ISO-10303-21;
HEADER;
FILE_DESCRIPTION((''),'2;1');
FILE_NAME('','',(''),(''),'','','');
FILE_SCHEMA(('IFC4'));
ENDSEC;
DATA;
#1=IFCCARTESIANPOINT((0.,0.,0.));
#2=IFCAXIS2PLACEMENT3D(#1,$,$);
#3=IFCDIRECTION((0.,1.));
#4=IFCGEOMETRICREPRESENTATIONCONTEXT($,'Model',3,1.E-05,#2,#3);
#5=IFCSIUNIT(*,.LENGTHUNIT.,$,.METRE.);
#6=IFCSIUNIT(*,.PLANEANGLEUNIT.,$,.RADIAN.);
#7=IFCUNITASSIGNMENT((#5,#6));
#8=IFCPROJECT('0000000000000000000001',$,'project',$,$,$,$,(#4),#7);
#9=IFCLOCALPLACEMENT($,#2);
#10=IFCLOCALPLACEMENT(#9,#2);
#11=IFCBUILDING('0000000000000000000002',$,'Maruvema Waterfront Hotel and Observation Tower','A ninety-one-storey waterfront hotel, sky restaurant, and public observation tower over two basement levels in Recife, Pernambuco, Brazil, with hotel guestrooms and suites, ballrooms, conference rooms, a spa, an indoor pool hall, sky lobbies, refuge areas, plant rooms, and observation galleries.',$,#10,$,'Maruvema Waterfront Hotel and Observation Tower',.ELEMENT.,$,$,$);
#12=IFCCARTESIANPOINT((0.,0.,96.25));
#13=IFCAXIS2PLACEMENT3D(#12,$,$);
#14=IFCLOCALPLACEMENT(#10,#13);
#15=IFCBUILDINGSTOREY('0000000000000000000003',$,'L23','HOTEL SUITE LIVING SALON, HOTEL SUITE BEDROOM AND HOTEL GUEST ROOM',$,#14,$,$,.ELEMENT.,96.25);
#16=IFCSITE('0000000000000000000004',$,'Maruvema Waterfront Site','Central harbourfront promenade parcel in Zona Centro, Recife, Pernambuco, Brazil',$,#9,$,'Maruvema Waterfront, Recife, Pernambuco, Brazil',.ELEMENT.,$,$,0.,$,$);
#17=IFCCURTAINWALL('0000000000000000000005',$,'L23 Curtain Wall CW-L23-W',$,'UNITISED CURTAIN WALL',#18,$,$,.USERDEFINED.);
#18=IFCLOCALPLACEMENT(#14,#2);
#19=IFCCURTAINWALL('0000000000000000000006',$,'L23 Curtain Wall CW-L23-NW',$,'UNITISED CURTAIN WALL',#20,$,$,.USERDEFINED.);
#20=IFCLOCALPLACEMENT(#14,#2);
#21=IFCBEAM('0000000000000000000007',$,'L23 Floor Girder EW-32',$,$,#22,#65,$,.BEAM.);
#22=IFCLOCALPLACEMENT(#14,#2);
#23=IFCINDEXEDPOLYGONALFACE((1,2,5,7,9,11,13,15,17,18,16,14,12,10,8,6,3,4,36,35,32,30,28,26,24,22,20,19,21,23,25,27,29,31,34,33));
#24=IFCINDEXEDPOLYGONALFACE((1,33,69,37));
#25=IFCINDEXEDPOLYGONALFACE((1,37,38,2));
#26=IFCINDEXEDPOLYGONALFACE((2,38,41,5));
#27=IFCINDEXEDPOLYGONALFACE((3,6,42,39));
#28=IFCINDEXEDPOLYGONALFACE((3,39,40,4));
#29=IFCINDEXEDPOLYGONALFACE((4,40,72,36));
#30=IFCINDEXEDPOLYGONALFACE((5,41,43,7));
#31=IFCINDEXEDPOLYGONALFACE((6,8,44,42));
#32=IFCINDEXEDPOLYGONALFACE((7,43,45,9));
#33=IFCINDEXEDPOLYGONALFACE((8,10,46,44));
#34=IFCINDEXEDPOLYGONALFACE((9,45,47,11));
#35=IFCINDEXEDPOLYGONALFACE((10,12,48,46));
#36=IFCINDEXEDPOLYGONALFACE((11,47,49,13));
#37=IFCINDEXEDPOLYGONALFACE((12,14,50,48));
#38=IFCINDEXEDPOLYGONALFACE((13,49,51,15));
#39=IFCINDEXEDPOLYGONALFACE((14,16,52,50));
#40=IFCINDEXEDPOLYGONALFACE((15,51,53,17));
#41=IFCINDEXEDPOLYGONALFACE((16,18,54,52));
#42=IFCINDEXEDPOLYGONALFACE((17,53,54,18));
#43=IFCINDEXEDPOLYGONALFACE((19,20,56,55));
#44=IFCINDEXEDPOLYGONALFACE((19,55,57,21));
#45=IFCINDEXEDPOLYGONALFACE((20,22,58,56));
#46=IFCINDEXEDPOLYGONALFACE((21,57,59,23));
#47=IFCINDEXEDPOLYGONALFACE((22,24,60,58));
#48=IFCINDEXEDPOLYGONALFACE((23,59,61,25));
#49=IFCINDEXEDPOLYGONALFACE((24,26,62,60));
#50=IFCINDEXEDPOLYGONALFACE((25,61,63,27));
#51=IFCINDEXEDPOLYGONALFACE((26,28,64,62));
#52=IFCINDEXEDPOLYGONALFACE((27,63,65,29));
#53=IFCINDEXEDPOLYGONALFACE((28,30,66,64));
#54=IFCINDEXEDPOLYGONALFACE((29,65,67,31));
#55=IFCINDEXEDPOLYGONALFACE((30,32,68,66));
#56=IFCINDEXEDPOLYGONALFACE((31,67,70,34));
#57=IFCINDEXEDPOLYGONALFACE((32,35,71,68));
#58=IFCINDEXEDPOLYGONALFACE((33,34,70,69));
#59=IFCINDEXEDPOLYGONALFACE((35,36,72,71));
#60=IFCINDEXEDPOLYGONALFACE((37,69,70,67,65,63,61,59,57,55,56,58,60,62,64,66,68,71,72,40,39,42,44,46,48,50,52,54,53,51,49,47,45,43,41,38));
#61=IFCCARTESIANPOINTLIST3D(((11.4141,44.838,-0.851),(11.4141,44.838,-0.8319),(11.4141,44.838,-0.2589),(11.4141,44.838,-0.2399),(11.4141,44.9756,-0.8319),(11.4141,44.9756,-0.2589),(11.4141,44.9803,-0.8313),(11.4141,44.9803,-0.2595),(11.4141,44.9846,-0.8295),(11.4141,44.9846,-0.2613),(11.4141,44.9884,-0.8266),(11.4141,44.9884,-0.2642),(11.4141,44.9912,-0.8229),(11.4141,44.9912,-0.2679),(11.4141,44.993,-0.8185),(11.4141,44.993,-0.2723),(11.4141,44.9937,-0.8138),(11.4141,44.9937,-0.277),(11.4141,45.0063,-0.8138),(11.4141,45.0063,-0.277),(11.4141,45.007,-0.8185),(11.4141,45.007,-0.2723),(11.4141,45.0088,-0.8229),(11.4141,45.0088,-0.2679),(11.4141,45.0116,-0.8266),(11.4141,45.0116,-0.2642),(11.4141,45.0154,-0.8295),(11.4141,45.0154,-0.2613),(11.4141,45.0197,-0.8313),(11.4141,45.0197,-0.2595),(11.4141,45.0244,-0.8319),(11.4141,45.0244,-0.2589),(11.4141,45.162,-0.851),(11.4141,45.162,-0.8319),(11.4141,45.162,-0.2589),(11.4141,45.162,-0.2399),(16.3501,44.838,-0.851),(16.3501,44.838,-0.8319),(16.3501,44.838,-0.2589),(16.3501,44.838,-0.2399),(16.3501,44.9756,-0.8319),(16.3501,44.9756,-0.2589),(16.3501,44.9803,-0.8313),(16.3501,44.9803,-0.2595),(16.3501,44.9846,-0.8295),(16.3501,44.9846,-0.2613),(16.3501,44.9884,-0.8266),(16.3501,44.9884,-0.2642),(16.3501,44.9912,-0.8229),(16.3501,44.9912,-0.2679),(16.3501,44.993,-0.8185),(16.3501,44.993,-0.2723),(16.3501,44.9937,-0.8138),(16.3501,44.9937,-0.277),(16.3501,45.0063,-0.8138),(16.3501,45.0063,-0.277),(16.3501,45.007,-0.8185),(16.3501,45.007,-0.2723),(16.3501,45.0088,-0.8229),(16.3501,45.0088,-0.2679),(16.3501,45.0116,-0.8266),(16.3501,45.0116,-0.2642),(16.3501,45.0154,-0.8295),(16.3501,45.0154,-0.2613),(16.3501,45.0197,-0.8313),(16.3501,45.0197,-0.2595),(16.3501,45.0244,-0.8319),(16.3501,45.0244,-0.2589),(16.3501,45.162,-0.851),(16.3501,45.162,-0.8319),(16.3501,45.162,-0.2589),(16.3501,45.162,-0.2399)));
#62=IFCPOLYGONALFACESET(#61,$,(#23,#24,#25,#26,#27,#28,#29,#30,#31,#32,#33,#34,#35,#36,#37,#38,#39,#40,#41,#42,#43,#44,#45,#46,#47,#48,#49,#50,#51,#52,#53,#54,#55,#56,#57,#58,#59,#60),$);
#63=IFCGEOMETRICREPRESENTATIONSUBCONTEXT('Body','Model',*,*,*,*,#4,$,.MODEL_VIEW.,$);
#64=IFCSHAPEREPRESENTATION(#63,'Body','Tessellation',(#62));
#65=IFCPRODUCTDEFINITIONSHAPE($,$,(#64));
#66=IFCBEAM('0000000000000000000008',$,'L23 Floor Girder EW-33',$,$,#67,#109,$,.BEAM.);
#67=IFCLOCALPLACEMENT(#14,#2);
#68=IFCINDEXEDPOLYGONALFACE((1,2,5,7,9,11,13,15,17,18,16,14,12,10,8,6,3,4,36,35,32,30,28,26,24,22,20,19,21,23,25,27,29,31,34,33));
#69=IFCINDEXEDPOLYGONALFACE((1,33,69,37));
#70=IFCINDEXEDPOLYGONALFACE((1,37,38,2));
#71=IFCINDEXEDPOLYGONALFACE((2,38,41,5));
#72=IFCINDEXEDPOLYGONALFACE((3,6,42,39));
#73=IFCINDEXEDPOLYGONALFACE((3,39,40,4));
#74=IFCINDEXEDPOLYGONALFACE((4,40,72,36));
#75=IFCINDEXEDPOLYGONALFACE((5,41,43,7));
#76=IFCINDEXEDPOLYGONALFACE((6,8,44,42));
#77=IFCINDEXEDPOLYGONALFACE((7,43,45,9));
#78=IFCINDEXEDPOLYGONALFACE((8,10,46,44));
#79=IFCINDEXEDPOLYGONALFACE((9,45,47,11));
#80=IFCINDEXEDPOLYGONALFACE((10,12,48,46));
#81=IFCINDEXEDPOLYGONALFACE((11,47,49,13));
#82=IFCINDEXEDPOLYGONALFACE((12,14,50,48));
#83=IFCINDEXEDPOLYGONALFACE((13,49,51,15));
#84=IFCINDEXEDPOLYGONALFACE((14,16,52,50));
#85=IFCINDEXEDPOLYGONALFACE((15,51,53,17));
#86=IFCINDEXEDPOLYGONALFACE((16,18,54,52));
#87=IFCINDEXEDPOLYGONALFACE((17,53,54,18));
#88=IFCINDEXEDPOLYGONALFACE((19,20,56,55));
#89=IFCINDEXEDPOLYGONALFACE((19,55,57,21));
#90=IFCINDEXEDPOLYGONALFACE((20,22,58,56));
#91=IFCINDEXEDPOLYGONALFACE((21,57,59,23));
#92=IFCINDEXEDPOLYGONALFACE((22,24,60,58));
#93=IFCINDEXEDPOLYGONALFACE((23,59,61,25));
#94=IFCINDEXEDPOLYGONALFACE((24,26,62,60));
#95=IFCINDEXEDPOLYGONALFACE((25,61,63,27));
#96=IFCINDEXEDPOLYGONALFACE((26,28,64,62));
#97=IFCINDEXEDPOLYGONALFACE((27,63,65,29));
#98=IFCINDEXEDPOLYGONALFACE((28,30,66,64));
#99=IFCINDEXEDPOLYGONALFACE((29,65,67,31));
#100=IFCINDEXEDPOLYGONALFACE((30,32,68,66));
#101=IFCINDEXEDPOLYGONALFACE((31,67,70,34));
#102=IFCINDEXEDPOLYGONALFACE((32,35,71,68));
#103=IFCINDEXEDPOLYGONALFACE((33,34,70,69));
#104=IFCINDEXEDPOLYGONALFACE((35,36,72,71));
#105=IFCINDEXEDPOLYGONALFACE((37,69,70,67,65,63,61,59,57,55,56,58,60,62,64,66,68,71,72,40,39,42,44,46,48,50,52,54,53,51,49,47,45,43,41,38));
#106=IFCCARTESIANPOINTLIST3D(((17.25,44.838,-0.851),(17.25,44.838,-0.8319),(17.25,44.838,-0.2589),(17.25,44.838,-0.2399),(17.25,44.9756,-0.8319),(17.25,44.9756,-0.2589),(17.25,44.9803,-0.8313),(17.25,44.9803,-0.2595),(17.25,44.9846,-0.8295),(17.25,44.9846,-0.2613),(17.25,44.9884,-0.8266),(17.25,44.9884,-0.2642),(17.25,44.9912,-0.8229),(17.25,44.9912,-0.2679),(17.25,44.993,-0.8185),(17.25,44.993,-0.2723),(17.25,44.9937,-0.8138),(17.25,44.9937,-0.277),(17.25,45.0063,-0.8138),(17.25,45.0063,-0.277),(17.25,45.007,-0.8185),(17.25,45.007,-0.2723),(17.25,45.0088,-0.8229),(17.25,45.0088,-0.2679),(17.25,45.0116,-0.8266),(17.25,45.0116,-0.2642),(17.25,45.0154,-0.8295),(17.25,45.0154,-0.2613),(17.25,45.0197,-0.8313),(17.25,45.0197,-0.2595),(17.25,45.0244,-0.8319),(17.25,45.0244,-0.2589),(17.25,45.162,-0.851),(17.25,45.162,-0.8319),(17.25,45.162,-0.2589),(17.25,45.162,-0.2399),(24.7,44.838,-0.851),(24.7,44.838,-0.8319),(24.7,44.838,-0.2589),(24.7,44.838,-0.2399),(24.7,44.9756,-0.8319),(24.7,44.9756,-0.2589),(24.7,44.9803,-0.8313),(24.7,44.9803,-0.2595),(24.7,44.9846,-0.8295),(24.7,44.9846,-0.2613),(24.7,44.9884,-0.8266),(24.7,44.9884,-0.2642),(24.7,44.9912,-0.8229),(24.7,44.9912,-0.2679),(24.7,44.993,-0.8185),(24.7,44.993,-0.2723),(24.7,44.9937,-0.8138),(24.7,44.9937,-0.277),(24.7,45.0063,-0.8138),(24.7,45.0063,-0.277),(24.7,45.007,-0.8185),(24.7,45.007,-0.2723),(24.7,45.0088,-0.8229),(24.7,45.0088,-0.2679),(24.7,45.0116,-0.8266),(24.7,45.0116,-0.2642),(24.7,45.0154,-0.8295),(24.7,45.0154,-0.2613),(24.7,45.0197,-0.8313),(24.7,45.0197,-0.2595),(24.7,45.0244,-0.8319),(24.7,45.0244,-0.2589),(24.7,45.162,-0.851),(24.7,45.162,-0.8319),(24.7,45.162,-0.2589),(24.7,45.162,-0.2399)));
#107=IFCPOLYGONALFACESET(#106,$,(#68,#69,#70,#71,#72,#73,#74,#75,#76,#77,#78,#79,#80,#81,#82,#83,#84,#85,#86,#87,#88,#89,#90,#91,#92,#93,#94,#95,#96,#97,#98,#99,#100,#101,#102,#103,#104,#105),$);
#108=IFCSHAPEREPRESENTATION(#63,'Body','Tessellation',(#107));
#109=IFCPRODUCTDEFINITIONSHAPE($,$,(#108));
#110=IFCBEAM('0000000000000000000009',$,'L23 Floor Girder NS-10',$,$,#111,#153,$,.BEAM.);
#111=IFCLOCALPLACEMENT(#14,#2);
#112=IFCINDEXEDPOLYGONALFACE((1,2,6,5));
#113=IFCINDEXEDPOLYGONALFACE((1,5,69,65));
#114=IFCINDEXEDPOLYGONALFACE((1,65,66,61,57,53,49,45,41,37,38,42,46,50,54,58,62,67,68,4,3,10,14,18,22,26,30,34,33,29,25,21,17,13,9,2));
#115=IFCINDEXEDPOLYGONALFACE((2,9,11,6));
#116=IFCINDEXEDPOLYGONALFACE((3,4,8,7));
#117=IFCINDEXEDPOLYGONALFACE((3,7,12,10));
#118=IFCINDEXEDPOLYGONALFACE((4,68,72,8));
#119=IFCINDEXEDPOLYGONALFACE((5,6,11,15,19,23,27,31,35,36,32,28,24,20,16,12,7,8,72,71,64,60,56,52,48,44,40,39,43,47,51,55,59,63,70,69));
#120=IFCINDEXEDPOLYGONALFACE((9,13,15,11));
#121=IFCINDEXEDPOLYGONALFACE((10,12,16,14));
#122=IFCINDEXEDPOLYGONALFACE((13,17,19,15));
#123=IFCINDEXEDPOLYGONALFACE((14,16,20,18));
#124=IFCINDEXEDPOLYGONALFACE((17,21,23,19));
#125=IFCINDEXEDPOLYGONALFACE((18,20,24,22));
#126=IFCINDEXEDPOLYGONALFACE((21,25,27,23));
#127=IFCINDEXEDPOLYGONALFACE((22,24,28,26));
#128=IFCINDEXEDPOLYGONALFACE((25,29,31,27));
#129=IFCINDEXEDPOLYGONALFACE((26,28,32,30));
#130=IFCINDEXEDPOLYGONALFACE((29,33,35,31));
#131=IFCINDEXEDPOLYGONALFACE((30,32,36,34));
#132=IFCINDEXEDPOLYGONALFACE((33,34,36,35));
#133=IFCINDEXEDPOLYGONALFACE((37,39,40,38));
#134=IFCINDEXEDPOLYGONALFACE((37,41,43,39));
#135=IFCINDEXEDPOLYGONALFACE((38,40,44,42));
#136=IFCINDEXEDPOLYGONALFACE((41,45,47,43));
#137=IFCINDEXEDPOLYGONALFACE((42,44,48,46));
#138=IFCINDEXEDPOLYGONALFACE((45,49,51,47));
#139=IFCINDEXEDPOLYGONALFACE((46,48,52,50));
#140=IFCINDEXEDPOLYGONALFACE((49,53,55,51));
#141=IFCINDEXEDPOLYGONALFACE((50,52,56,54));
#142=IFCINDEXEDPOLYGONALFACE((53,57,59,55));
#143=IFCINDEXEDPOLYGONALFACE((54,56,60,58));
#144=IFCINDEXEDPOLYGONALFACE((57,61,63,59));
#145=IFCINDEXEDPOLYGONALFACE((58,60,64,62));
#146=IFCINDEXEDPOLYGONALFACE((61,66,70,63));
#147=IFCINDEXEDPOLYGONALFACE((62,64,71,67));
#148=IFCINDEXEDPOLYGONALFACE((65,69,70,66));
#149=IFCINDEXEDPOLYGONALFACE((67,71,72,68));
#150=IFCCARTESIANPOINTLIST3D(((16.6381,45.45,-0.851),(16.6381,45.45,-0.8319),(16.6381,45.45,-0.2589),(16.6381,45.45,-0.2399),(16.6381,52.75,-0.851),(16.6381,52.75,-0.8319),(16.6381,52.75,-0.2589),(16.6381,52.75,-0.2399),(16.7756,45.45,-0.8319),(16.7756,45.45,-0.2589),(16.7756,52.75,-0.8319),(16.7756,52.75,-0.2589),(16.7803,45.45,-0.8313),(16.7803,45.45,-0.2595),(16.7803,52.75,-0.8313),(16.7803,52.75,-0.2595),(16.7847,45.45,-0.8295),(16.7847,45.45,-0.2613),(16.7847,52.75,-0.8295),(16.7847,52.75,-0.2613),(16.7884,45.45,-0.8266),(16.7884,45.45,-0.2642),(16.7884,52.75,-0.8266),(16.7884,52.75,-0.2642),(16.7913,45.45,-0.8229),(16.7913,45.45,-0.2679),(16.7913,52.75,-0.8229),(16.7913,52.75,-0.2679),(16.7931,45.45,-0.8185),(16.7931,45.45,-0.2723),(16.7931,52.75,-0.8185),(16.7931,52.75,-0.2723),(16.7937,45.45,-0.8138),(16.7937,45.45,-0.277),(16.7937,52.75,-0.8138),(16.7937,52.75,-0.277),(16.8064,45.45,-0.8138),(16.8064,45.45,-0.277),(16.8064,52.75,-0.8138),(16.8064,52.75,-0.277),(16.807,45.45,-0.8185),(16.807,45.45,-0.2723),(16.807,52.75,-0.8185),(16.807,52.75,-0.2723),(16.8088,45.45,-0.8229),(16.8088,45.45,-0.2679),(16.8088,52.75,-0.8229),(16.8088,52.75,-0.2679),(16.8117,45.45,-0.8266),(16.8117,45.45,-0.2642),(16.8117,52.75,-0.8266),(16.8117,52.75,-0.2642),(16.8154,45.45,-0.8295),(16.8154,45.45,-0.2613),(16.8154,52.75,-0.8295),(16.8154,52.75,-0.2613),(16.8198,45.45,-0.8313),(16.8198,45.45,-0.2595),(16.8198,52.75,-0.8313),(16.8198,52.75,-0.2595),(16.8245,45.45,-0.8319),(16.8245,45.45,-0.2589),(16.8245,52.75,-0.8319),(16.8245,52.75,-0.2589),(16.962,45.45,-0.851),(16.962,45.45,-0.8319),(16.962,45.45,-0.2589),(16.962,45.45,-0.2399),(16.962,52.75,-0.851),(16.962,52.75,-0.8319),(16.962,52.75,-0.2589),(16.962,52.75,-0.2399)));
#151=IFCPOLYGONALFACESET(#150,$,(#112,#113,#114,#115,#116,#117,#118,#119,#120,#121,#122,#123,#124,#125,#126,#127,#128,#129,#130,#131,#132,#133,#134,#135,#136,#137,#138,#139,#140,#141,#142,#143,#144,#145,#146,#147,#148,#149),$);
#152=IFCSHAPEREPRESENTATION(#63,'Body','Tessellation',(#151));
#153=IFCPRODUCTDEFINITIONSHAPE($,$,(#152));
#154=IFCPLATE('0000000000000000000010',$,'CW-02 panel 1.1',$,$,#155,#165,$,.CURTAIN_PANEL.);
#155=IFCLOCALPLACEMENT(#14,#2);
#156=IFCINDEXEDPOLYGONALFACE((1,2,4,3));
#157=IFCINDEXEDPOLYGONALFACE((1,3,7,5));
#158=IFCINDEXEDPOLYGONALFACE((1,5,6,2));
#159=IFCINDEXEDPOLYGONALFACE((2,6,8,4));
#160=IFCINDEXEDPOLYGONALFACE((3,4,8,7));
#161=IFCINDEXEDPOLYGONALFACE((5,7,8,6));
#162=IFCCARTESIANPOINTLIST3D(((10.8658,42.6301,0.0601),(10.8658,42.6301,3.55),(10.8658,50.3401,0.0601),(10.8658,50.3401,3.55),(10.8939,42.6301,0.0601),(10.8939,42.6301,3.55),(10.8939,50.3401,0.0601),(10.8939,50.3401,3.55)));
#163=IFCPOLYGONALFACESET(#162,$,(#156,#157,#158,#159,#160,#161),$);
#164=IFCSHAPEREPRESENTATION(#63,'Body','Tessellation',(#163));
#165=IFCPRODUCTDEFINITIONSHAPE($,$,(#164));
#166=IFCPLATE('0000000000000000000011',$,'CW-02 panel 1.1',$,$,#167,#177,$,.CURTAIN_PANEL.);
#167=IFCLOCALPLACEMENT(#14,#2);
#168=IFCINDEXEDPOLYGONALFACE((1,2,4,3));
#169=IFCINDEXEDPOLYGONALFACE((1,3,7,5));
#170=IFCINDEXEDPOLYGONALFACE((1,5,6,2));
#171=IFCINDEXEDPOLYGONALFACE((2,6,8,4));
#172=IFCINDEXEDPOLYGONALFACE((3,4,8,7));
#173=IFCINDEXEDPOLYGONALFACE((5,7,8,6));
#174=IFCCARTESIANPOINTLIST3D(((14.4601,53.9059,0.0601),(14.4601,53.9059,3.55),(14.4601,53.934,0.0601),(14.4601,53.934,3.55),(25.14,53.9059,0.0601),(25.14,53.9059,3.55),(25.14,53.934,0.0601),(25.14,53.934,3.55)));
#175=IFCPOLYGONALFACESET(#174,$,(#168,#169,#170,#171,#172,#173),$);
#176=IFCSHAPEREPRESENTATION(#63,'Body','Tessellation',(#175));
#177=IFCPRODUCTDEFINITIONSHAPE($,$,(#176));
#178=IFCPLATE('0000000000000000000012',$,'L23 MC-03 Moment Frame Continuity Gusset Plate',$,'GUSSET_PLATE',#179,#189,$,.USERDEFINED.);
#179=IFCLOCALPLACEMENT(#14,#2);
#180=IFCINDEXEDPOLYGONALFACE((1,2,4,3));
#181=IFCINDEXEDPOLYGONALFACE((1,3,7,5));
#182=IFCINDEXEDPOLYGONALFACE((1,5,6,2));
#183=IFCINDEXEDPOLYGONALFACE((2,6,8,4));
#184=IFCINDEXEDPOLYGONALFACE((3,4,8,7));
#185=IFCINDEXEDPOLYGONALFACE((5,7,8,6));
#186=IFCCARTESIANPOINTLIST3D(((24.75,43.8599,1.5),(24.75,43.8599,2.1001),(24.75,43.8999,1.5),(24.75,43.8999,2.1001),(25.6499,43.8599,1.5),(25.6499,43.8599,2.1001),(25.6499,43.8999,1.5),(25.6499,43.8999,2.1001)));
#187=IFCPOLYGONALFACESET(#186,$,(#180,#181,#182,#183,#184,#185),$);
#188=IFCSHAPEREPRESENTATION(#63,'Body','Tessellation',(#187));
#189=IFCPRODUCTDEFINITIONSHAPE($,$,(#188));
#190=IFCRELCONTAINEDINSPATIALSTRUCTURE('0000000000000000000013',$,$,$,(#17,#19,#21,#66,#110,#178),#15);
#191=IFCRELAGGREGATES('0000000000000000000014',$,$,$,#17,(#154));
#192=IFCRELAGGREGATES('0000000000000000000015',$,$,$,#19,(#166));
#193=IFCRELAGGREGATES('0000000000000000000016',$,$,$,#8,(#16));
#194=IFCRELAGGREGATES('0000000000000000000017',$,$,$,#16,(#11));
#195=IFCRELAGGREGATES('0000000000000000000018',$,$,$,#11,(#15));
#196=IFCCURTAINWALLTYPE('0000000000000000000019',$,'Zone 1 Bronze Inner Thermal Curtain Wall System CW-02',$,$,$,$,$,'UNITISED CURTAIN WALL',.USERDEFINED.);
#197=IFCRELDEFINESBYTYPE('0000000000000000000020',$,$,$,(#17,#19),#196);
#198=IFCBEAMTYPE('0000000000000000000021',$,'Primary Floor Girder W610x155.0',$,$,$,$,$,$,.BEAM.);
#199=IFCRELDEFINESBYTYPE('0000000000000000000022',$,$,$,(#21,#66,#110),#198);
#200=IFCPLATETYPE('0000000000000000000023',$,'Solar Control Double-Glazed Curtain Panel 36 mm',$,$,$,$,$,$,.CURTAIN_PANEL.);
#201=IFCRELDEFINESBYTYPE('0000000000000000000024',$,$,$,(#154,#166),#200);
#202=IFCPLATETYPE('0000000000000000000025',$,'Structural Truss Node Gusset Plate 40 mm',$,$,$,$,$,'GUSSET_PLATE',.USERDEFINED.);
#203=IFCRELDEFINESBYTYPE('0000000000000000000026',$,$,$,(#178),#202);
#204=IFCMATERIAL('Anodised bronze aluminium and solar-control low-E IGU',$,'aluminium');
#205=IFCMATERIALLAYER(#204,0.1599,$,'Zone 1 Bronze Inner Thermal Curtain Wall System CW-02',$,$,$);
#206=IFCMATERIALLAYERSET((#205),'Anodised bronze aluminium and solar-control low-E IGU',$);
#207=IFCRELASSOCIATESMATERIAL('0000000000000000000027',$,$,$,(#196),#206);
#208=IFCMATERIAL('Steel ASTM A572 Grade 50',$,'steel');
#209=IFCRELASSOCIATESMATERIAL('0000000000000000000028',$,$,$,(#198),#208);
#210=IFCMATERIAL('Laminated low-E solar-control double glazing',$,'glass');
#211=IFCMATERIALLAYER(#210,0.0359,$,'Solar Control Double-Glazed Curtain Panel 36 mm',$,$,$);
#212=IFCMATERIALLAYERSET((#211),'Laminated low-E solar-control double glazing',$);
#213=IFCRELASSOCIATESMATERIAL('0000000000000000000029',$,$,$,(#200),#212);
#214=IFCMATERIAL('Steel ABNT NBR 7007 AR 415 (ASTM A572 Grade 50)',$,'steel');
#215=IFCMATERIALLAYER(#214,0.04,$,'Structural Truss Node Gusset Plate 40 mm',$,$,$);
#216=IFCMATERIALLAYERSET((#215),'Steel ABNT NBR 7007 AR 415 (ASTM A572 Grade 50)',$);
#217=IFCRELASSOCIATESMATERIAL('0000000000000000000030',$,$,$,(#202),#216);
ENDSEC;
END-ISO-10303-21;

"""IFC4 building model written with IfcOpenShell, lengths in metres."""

from ifc_helpers import new_model, si_unit, direction, frame, origin, origin_2d, place, context, subcontext, project, spatial, rectangle, i_section, extrude, material, layer, layer_set, material_profile, profile_set, type_object, element, aggregate, save


model = new_model("IFC4")

# Units and contexts
model_context = context("Model", 3, precision=1e-05, world=origin(), true_north=direction((0.0, 1.0)))
body_context = subcontext(model_context, "Body", "Model", "MODEL_VIEW")
ifc_project = project(units=[si_unit("LENGTHUNIT", "METRE"), si_unit("PLANEANGLEUNIT", "RADIAN")], contexts=[model_context])

# Site, building, storey
site_placement = place(None, origin())
site = spatial("IfcSite", under=ifc_project, at=site_placement, Name="Maruvema Waterfront Site", Description="Central harbourfront promenade parcel in Zona Centro, Recife, Pernambuco, Brazil", LongName="Maruvema Waterfront, Recife, Pernambuco, Brazil", CompositionType="ELEMENT", RefElevation=0.0)
building_placement = place(site_placement, origin())
building = spatial("IfcBuilding", under=site, at=building_placement, Name="Maruvema Waterfront Hotel and Observation Tower", Description="A ninety-one-storey waterfront hotel, sky restaurant, and public observation tower over two basement levels in Recife, Pernambuco, Brazil, with hotel guestrooms and suites, ballrooms, conference rooms, a spa, an indoor pool hall, sky lobbies, refuge areas, plant rooms, and observation galleries.", LongName="Maruvema Waterfront Hotel and Observation Tower", CompositionType="ELEMENT")
storey_placement = place(building_placement, frame((0.0, 0.0, 96.25)))
storey = spatial("IfcBuildingStorey", under=building, at=storey_placement, Name="L23", Description="HOTEL SUITE LIVING SALON, HOTEL SUITE BEDROOM AND HOTEL GUEST ROOM", CompositionType="ELEMENT", Elevation=96.25)

# Curtain walls
ifc_material_1 = material(Name="Anodised bronze aluminium and solar-control low-E IGU", Category="aluminium")
ifc_layer_1 = layer(ifc_material_1, 0.1599, Name="Zone 1 Bronze Inner Thermal Curtain Wall System CW-02")
ifc_layer_set_1 = layer_set([ifc_layer_1], Name="Anodised bronze aluminium and solar-control low-E IGU")
curtain_wall_type = type_object("IfcCurtainWallType", Name="Zone 1 Bronze Inner Thermal Curtain Wall System CW-02", ElementType="UNITISED CURTAIN WALL", PredefinedType="USERDEFINED", material=ifc_layer_set_1)
curtain_wall_1_placement = place(storey_placement, origin())
curtain_wall_1 = element("IfcCurtainWall", 1, at=curtain_wall_1_placement, inside=storey, type_object=curtain_wall_type, Name="L23 Curtain Wall CW-L23-W", ObjectType="UNITISED CURTAIN WALL", PredefinedType="USERDEFINED")
curtain_wall_2_placement = place(storey_placement, origin())
curtain_wall_2 = element("IfcCurtainWall", 2, at=curtain_wall_2_placement, inside=storey, type_object=curtain_wall_type, Name="L23 Curtain Wall CW-L23-NW", ObjectType="UNITISED CURTAIN WALL", PredefinedType="USERDEFINED")

# Beams
ifc_material_2 = material(Name="Steel ASTM A572 Grade 50", Category="steel")
ifc_material_profile_1 = material_profile(ifc_material_2, i_section(OverallWidth=0.324, OverallDepth=0.6111, WebThickness=0.0127, FlangeThickness=0.019, FilletRadius=0.0181, at=origin_2d()), Name="W610x155.0")
ifc_profile_set_1 = profile_set([ifc_material_profile_1], Name="Steel ASTM A572 Grade 50")
beam_type = type_object("IfcBeamType", Name="Primary Floor Girder W610x155.0", PredefinedType="BEAM", material=ifc_profile_set_1)
beam_1_placement = place(storey_placement, frame((11.4141, 45.0, -0.5454), z_axis=(1.0, 0.0, 0.0), x_axis=(0.0, 1.0, 0.0)))
element("IfcBeam", 3, at=beam_1_placement, inside=storey, type_object=beam_type, Name="L23 Floor Girder EW-32", PredefinedType="BEAM", context=body_context, shape_type="SweptSolid", body=[
    extrude(i_section(OverallWidth=0.324, OverallDepth=0.6111, WebThickness=0.0127, FlangeThickness=0.019, FilletRadius=0.0181, at=origin_2d()), origin(), (0.0, 0.0, 1.0), 4.936),
])
beam_2_placement = place(storey_placement, frame((17.25, 45.0, -0.5454), z_axis=(1.0, 0.0, 0.0), x_axis=(0.0, 1.0, 0.0)))
element("IfcBeam", 4, at=beam_2_placement, inside=storey, type_object=beam_type, Name="L23 Floor Girder EW-33", PredefinedType="BEAM", context=body_context, shape_type="SweptSolid", body=[
    extrude(i_section(OverallWidth=0.324, OverallDepth=0.6111, WebThickness=0.0127, FlangeThickness=0.019, FilletRadius=0.0181, at=origin_2d()), origin(), (0.0, 0.0, 1.0), 7.45),
])
beam_3_placement = place(storey_placement, frame((16.8, 45.45, -0.5454), z_axis=(0.0, 1.0, 0.0), x_axis=(-1.0, 0.0, 0.0)))
element("IfcBeam", 5, at=beam_3_placement, inside=storey, type_object=beam_type, Name="L23 Floor Girder NS-10", PredefinedType="BEAM", context=body_context, shape_type="SweptSolid", body=[
    extrude(i_section(OverallWidth=0.324, OverallDepth=0.6111, WebThickness=0.0127, FlangeThickness=0.019, FilletRadius=0.0181, at=origin_2d()), origin(), (0.0, 0.0, 1.0), 7.3),
])

# Plates
ifc_material_3 = material(Name="Laminated low-E solar-control double glazing", Category="glass")
ifc_layer_2 = layer(ifc_material_3, 0.0359, Name="Solar Control Double-Glazed Curtain Panel 36 mm")
ifc_layer_set_2 = layer_set([ifc_layer_2], Name="Laminated low-E solar-control double glazing")
plate_type_1 = type_object("IfcPlateType", Name="Solar Control Double-Glazed Curtain Panel 36 mm", PredefinedType="CURTAIN_PANEL", material=ifc_layer_set_2)
plate_1_placement = place(storey_placement, frame((10.8799, 46.4851, 0.0601), z_axis=(0.0, 0.0, 1.0), x_axis=(0.0, -1.0, 0.0)))
plate_1 = element("IfcPlate", 6, at=plate_1_placement, type_object=plate_type_1, Name="CW-02 panel 1.1", PredefinedType="CURTAIN_PANEL", context=body_context, shape_type="SweptSolid", body=[
    extrude(rectangle(XDim=7.71, YDim=0.0281, at=origin_2d()), origin(), (0.0, 0.0, 1.0), 3.49),
])
aggregate(curtain_wall_1, [plate_1])
plate_2_placement = place(storey_placement, frame((19.8, 53.9199, 0.0601), z_axis=(0.0, 0.0, 1.0), x_axis=(-1.0, 0.0, 0.0)))
plate_2 = element("IfcPlate", 7, at=plate_2_placement, type_object=plate_type_1, Name="CW-02 panel 1.1", PredefinedType="CURTAIN_PANEL", context=body_context, shape_type="SweptSolid", body=[
    extrude(rectangle(XDim=10.6799, YDim=0.0281, at=origin_2d()), origin(), (0.0, 0.0, 1.0), 3.49),
])
aggregate(curtain_wall_2, [plate_2])
ifc_material_4 = material(Name="Steel ABNT NBR 7007 AR 415 (ASTM A572 Grade 50)", Category="steel")
ifc_layer_3 = layer(ifc_material_4, 0.04, Name="Structural Truss Node Gusset Plate 40 mm")
ifc_layer_set_3 = layer_set([ifc_layer_3], Name="Steel ABNT NBR 7007 AR 415 (ASTM A572 Grade 50)")
plate_type_2 = type_object("IfcPlateType", Name="Structural Truss Node Gusset Plate 40 mm", ElementType="GUSSET_PLATE", PredefinedType="USERDEFINED", material=ifc_layer_set_3)
plate_3_placement = place(storey_placement, frame((25.2, 43.8799, 1.5), z_axis=(0.0, 0.0, 1.0), x_axis=(1.0, 0.0, 0.0)))
element("IfcPlate", 8, at=plate_3_placement, inside=storey, type_object=plate_type_2, Name="L23 MC-03 Moment Frame Continuity Gusset Plate", ObjectType="GUSSET_PLATE", PredefinedType="USERDEFINED", context=body_context, shape_type="SweptSolid", body=[
    extrude(rectangle(XDim=0.8999, YDim=0.04, at=origin_2d()), origin(), (0.0, 0.0, 1.0), 0.6001),
])

save(model, "model.ifc")
